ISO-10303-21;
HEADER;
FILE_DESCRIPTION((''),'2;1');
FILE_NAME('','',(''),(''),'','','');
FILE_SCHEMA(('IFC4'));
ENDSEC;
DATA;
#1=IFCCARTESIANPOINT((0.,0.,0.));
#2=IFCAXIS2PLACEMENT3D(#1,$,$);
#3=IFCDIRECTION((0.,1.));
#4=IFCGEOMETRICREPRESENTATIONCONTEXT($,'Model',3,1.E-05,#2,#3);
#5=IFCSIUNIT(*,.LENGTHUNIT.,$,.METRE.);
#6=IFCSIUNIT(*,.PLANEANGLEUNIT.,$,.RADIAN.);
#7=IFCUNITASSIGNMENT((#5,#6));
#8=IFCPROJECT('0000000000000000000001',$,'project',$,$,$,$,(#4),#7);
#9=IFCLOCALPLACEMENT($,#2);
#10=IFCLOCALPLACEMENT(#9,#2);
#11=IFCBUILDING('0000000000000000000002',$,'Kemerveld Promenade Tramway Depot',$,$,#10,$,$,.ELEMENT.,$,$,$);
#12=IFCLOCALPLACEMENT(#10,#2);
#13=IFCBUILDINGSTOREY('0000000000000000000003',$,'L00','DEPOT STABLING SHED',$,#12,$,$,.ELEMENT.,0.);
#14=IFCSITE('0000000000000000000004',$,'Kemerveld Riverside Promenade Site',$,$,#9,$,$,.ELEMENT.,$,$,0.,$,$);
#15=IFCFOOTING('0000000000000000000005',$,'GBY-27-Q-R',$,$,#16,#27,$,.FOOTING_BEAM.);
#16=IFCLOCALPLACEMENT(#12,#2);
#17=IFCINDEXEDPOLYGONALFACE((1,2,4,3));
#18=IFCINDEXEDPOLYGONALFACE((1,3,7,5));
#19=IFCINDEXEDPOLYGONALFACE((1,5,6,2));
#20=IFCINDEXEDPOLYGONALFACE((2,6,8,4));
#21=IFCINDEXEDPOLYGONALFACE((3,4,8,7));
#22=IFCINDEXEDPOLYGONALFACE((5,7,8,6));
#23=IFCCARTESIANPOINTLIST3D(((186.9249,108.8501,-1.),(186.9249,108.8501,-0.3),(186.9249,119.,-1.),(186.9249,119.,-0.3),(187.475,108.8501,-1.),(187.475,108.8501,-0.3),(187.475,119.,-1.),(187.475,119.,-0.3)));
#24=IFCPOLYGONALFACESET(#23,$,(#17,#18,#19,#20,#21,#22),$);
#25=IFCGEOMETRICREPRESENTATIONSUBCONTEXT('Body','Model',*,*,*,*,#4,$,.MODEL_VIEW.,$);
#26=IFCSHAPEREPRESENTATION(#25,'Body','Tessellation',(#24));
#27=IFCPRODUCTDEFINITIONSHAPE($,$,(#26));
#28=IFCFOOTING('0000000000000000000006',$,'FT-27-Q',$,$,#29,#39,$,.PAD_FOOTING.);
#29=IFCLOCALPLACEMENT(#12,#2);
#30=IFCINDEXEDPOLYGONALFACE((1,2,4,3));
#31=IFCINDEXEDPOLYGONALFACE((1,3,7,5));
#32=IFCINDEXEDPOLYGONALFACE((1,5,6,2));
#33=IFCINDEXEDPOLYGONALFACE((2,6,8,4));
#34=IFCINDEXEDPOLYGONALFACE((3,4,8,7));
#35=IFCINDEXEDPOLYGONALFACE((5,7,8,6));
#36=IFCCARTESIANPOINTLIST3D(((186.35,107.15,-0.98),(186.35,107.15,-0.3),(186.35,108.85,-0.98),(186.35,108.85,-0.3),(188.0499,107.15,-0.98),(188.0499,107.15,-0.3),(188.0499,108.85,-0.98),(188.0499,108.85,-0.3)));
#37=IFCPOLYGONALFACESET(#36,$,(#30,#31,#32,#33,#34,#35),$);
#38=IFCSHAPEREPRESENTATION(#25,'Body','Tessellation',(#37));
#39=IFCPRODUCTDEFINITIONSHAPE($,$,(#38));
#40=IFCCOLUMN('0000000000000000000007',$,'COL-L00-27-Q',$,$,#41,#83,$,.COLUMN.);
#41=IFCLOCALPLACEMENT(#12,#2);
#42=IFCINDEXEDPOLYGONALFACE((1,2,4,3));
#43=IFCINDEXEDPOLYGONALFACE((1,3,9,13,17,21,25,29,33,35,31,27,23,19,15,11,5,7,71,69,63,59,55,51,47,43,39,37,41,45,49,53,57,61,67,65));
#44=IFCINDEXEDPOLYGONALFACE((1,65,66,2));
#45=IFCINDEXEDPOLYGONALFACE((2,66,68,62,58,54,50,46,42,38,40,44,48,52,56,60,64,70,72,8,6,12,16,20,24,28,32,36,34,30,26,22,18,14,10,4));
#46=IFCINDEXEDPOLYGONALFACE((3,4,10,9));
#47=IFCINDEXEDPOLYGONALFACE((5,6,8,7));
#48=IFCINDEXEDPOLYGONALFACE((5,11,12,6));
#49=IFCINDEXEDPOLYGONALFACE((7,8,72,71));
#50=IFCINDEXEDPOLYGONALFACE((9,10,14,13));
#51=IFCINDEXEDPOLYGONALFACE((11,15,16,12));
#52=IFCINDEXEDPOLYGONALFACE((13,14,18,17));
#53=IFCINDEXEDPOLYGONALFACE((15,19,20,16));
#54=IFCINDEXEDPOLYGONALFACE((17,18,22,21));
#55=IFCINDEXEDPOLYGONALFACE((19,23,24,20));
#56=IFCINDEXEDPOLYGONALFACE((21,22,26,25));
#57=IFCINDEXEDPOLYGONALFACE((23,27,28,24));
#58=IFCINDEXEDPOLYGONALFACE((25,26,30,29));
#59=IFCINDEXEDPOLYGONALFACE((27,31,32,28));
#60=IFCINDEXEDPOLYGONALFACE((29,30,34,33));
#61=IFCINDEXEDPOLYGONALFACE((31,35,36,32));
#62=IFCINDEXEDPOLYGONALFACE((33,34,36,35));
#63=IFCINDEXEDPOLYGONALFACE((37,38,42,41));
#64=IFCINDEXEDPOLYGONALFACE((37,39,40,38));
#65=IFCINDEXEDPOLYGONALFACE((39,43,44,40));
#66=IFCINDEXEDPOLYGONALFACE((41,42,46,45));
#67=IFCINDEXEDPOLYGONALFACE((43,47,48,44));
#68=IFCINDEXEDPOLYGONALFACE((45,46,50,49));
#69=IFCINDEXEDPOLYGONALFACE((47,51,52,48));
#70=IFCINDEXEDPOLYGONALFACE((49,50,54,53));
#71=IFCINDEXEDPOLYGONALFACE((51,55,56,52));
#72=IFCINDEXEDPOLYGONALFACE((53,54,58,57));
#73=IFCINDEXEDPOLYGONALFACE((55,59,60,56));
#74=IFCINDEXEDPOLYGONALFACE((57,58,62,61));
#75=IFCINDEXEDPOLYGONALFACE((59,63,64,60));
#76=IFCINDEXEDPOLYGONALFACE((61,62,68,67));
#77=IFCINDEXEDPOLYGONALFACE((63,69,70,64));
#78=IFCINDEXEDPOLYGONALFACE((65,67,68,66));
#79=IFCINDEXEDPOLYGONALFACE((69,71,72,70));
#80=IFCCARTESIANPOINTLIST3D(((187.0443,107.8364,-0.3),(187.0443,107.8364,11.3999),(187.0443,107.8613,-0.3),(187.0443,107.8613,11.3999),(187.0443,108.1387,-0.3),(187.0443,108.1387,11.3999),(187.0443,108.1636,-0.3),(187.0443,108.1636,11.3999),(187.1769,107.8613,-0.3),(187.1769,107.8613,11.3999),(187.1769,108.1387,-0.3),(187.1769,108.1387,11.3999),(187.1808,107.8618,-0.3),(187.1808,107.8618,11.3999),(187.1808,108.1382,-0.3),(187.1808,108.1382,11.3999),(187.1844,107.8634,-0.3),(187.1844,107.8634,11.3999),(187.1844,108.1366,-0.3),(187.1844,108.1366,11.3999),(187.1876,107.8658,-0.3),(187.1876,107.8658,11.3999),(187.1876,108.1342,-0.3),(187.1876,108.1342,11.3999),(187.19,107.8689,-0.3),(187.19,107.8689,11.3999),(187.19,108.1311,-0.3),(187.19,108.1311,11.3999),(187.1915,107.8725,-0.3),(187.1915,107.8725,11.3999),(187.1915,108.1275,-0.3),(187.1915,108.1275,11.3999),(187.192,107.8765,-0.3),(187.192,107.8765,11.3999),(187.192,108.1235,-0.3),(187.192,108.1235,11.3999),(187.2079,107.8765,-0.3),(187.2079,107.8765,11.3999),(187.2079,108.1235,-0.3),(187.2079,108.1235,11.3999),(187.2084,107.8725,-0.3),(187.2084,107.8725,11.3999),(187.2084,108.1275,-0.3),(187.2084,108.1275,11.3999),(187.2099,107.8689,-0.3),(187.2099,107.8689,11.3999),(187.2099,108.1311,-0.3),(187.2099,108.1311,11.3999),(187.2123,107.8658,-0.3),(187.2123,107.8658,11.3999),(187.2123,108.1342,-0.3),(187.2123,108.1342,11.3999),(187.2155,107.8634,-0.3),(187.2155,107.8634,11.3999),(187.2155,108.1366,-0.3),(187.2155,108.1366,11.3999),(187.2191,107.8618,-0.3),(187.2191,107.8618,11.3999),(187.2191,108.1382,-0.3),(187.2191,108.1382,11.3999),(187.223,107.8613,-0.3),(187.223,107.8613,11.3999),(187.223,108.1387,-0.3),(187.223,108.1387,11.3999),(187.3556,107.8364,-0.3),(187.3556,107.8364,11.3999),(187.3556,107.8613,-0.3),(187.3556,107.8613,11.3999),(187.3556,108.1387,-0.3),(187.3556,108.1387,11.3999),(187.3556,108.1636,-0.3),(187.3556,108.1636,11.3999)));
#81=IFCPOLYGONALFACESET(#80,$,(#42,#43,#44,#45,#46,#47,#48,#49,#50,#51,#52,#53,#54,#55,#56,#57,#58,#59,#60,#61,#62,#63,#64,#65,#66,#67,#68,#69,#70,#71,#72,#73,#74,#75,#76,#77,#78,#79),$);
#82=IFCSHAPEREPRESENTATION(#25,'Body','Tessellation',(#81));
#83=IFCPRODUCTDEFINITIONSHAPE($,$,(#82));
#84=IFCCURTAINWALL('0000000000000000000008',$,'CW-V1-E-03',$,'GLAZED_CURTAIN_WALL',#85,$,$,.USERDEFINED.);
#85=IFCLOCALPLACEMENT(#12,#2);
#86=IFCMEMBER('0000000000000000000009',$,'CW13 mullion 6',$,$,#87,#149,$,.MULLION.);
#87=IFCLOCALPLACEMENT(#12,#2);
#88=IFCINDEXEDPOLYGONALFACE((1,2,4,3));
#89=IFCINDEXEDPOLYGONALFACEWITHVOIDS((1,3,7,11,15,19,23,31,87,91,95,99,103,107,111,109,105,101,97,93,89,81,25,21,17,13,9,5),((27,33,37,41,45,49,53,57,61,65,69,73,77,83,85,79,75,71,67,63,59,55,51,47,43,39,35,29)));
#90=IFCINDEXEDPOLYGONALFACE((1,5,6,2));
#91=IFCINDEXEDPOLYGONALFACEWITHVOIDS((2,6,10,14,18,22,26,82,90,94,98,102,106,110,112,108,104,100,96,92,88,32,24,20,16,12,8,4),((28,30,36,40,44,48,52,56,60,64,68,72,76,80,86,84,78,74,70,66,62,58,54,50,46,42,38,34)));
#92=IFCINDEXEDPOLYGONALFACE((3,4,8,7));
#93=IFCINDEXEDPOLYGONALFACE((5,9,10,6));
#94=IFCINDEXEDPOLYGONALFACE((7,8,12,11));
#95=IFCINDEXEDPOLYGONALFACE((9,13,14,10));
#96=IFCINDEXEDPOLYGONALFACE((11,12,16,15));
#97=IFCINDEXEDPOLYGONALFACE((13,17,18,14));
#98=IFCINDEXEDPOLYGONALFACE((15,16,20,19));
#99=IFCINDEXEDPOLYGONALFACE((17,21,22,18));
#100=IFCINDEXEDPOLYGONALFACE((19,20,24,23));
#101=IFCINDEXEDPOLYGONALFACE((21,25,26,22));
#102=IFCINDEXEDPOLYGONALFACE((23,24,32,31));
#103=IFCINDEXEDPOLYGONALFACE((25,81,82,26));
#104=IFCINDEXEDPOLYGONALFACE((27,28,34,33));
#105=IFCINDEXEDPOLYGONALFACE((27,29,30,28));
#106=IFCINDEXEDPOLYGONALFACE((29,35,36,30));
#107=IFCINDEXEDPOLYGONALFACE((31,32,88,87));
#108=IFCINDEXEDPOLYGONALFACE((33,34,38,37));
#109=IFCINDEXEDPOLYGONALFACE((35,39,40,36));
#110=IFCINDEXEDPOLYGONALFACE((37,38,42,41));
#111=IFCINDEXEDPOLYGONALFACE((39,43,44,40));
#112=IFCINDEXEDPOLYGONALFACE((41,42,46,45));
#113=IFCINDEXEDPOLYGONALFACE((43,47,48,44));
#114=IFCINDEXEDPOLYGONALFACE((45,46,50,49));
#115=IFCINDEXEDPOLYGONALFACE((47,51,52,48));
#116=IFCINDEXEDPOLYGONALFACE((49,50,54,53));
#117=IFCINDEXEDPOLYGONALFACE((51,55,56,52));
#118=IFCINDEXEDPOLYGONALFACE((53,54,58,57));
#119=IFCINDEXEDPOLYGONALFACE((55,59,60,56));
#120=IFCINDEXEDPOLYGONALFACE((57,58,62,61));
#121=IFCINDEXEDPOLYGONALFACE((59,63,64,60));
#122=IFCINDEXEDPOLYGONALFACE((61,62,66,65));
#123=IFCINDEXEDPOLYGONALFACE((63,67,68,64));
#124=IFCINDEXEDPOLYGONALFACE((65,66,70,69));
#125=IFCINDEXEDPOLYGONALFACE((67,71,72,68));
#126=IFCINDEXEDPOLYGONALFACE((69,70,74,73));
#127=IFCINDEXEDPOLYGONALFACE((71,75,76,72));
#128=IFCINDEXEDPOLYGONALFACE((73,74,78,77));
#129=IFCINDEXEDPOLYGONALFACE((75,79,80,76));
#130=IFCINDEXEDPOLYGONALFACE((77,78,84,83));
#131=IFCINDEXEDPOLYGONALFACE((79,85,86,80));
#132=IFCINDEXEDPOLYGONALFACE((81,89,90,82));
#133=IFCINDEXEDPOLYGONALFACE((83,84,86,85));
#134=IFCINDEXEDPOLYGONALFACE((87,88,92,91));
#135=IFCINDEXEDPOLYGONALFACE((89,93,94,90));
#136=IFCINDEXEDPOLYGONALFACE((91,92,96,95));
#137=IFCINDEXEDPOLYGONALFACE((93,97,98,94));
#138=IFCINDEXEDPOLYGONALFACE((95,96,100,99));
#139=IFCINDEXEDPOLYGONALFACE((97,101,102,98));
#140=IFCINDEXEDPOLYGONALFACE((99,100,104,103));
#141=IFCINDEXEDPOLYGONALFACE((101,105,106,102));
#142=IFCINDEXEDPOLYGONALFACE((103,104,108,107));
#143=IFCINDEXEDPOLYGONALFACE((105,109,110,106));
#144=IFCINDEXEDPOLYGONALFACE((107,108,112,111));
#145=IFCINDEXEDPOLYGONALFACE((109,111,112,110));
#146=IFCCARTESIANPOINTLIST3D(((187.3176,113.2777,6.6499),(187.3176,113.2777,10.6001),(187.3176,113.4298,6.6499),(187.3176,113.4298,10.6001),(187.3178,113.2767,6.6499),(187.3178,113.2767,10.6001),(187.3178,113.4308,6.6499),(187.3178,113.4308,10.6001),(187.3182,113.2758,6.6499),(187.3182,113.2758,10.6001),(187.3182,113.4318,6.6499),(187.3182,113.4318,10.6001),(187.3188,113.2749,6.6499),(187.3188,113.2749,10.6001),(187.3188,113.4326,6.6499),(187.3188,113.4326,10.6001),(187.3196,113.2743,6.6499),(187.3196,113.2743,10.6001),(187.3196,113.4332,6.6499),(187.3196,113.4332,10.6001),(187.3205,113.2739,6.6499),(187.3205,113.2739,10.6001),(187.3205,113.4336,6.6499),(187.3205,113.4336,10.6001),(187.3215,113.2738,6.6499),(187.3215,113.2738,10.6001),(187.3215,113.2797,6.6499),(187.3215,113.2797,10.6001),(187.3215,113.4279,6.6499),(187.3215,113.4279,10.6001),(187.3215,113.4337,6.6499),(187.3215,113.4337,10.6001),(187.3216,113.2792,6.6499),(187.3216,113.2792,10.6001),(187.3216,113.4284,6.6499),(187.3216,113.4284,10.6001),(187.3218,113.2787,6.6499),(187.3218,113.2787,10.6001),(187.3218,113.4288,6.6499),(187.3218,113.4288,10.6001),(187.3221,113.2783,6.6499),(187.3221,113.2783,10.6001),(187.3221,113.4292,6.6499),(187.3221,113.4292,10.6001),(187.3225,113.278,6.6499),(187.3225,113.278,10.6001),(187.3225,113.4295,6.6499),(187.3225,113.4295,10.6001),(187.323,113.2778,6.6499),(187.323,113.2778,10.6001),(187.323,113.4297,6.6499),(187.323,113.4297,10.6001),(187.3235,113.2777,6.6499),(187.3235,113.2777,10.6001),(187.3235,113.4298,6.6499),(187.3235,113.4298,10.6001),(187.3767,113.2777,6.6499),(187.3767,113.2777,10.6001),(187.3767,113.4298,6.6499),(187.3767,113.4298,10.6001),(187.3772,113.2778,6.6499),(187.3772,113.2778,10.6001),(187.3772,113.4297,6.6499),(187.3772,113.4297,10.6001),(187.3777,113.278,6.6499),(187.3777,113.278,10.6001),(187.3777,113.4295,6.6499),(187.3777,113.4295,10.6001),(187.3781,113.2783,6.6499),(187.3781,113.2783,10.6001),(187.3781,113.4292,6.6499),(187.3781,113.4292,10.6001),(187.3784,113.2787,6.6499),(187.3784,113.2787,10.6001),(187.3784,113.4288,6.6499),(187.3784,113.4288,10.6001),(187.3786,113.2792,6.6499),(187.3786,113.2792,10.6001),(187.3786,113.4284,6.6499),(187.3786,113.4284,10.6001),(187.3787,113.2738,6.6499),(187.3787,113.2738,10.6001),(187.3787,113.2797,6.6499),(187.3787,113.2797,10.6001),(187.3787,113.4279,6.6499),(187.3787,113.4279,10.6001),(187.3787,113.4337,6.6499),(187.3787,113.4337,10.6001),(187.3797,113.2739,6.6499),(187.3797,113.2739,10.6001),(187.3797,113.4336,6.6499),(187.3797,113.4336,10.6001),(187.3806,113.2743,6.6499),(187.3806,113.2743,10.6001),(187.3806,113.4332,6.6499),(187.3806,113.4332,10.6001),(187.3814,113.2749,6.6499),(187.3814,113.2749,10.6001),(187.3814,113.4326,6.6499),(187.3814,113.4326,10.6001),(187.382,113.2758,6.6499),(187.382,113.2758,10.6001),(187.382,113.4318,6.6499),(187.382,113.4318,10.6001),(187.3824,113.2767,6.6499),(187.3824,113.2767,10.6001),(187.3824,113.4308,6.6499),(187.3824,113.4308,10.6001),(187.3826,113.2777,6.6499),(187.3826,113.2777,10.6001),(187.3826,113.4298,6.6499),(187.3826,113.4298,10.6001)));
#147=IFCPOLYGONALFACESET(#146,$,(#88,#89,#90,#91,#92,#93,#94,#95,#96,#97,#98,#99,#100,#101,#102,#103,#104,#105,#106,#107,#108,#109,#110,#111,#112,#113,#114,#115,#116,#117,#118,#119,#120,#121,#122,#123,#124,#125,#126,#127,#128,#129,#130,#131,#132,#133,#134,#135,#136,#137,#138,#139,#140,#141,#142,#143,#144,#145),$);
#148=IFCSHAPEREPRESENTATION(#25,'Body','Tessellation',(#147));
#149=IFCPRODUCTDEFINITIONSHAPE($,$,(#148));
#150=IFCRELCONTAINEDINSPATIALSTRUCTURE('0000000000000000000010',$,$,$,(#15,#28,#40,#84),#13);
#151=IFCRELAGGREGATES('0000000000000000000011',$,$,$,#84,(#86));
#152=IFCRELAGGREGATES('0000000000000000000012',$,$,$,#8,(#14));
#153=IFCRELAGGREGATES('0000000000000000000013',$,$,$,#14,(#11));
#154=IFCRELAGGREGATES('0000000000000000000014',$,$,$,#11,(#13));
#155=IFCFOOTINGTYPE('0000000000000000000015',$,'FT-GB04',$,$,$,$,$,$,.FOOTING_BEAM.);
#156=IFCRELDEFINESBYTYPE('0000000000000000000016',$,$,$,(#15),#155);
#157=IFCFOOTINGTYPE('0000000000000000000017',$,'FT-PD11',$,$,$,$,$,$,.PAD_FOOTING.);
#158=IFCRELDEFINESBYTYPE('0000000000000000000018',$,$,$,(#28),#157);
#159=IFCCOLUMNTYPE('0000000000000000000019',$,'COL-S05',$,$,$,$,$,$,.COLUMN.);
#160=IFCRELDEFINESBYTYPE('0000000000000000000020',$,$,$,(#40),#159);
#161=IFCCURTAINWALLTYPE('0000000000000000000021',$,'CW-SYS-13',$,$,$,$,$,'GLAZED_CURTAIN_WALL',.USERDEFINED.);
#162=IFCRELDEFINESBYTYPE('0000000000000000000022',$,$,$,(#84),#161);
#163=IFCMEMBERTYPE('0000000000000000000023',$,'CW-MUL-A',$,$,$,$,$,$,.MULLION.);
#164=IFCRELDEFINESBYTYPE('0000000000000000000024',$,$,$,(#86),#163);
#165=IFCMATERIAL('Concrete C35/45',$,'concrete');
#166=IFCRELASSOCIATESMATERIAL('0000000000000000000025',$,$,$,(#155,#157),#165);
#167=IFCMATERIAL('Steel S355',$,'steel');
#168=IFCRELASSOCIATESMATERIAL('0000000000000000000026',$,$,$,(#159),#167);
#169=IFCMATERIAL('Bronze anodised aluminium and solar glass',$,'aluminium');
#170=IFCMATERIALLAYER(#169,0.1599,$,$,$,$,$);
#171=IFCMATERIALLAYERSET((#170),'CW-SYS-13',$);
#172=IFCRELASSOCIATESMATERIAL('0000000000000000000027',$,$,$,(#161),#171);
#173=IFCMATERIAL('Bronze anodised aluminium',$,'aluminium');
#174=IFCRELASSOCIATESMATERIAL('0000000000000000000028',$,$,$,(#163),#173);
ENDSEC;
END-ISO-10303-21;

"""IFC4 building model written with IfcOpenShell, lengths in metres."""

from ifc_helpers import new_model, si_unit, direction, frame, origin, origin_2d, place, context, subcontext, project, spatial, rectangle, hollow_rectangle, i_section, extrude, material, layer, layer_set, material_profile, profile_set, type_object, element, aggregate, save


model = new_model("IFC4")

# Units and contexts
model_context = context("Model", 3, precision=1e-05, world=origin(), true_north=direction((0.0, 1.0)))
body_context = subcontext(model_context, "Body", "Model", "MODEL_VIEW")
ifc_project = project(units=[si_unit("LENGTHUNIT", "METRE"), si_unit("PLANEANGLEUNIT", "RADIAN")], contexts=[model_context])

# Site, building, storey
site_placement = place(None, origin())
site = spatial("IfcSite", under=ifc_project, at=site_placement, Name="Kemerveld Riverside Promenade Site", CompositionType="ELEMENT", RefElevation=0.0)
building_placement = place(site_placement, origin())
building = spatial("IfcBuilding", under=site, at=building_placement, Name="Kemerveld Promenade Tramway Depot", CompositionType="ELEMENT")
storey_placement = place(building_placement, origin())
storey = spatial("IfcBuildingStorey", under=building, at=storey_placement, Name="L00", Description="DEPOT STABLING SHED", CompositionType="ELEMENT", Elevation=0.0)

# Footings
ifc_material_1 = material(Name="Concrete C35/45", Category="concrete")
footing_type_1 = type_object("IfcFootingType", Name="FT-GB04", PredefinedType="FOOTING_BEAM", material=ifc_material_1)
footing_1_placement = place(storey_placement, frame((187.2, 113.925, -1.0), z_axis=(0.0, 0.0, 1.0), x_axis=(0.0, 1.0, 0.0)))
element("IfcFooting", 1, at=footing_1_placement, inside=storey, type_object=footing_type_1, Name="GBY-27-Q-R", PredefinedType="FOOTING_BEAM", context=body_context, shape_type="SweptSolid", body=[
    extrude(rectangle(XDim=10.1499, YDim=0.55, at=origin_2d()), origin(), (0.0, 0.0, 1.0), 0.7),
])
footing_type_2 = type_object("IfcFootingType", Name="FT-PD11", PredefinedType="PAD_FOOTING", material=ifc_material_1)
footing_2_placement = place(storey_placement, frame((187.2, 108.0, -0.98), z_axis=(0.0, 0.0, 1.0), x_axis=(1.0, 0.0, 0.0)))
element("IfcFooting", 2, at=footing_2_placement, inside=storey, type_object=footing_type_2, Name="FT-27-Q", PredefinedType="PAD_FOOTING", context=body_context, shape_type="SweptSolid", body=[
    extrude(rectangle(XDim=1.7, YDim=1.7, at=origin_2d()), origin(), (0.0, 0.0, 1.0), 0.6799),
])

# Column
ifc_material_2 = material(Name="Steel S355", Category="steel")
ifc_material_profile_1 = material_profile(ifc_material_2, i_section(OverallWidth=0.3113, OverallDepth=0.3271, WebThickness=0.0159, FlangeThickness=0.0249, FilletRadius=0.0151, at=origin_2d()), Name="305x305x158 UC")
ifc_profile_set_1 = profile_set([ifc_material_profile_1], Name="Steel S355")
column_type = type_object("IfcColumnType", Name="COL-S05", PredefinedType="COLUMN", material=ifc_profile_set_1)
column_placement = place(storey_placement, frame((187.2, 108.0, -0.3), z_axis=(0.0, 0.0, 1.0), x_axis=(1.0, 0.0, 0.0)))
element("IfcColumn", 3, at=column_placement, inside=storey, type_object=column_type, Name="COL-L00-27-Q", PredefinedType="COLUMN", context=body_context, shape_type="SweptSolid", body=[
    extrude(i_section(OverallWidth=0.3113, OverallDepth=0.3271, WebThickness=0.0159, FlangeThickness=0.0249, FilletRadius=0.0151, at=origin_2d()), origin(), (0.0, 0.0, 1.0), 11.7),
])

# Curtain wall, member
ifc_material_3 = material(Name="Bronze anodised aluminium and solar glass", Category="aluminium")
ifc_layer_1 = layer(ifc_material_3, 0.1599)
ifc_layer_set_1 = layer_set([ifc_layer_1], Name="CW-SYS-13")
curtain_wall_type_1 = type_object("IfcCurtainWallType", Name="CW-SYS-13", ElementType="GLAZED_CURTAIN_WALL", PredefinedType="USERDEFINED", material=ifc_layer_set_1)
curtain_wall_1_placement = place(storey_placement, origin())
curtain_wall_1 = element("IfcCurtainWall", 4, at=curtain_wall_1_placement, inside=storey, type_object=curtain_wall_type_1, Name="CW-V1-E-03", ObjectType="GLAZED_CURTAIN_WALL", PredefinedType="USERDEFINED")
ifc_material_4 = material(Name="Bronze anodised aluminium", Category="aluminium")
ifc_material_profile_2 = material_profile(ifc_material_4, hollow_rectangle(XDim=0.0649, YDim=0.1599, WallThickness=0.0039, InnerFilletRadius=0.002, OuterFilletRadius=0.0039, at=origin_2d()), Name="CW-MUL-160x65")
ifc_profile_set_2 = profile_set([ifc_material_profile_2], Name="Bronze anodised aluminium")
member_type_1 = type_object("IfcMemberType", Name="CW-MUL-A", PredefinedType="MULLION", material=ifc_profile_set_2)
member_1_placement = place(storey_placement, frame((187.3501, 113.3538, 6.6499), z_axis=(0.0, 0.0, 1.0), x_axis=(1.0, 0.0, 0.0)))
member_1 = element("IfcMember", 5, at=member_1_placement, type_object=member_type_1, Name="CW13 mullion 6", PredefinedType="MULLION", context=body_context, shape_type="SweptSolid", body=[
    extrude(hollow_rectangle(XDim=0.0649, YDim=0.1599, WallThickness=0.0039, InnerFilletRadius=0.002, OuterFilletRadius=0.0039, at=origin_2d()), origin(), (0.0, 0.0, 1.0), 3.9502),
])

aggregate(curtain_wall_1, [member_1])

save(model, "model.ifc")
